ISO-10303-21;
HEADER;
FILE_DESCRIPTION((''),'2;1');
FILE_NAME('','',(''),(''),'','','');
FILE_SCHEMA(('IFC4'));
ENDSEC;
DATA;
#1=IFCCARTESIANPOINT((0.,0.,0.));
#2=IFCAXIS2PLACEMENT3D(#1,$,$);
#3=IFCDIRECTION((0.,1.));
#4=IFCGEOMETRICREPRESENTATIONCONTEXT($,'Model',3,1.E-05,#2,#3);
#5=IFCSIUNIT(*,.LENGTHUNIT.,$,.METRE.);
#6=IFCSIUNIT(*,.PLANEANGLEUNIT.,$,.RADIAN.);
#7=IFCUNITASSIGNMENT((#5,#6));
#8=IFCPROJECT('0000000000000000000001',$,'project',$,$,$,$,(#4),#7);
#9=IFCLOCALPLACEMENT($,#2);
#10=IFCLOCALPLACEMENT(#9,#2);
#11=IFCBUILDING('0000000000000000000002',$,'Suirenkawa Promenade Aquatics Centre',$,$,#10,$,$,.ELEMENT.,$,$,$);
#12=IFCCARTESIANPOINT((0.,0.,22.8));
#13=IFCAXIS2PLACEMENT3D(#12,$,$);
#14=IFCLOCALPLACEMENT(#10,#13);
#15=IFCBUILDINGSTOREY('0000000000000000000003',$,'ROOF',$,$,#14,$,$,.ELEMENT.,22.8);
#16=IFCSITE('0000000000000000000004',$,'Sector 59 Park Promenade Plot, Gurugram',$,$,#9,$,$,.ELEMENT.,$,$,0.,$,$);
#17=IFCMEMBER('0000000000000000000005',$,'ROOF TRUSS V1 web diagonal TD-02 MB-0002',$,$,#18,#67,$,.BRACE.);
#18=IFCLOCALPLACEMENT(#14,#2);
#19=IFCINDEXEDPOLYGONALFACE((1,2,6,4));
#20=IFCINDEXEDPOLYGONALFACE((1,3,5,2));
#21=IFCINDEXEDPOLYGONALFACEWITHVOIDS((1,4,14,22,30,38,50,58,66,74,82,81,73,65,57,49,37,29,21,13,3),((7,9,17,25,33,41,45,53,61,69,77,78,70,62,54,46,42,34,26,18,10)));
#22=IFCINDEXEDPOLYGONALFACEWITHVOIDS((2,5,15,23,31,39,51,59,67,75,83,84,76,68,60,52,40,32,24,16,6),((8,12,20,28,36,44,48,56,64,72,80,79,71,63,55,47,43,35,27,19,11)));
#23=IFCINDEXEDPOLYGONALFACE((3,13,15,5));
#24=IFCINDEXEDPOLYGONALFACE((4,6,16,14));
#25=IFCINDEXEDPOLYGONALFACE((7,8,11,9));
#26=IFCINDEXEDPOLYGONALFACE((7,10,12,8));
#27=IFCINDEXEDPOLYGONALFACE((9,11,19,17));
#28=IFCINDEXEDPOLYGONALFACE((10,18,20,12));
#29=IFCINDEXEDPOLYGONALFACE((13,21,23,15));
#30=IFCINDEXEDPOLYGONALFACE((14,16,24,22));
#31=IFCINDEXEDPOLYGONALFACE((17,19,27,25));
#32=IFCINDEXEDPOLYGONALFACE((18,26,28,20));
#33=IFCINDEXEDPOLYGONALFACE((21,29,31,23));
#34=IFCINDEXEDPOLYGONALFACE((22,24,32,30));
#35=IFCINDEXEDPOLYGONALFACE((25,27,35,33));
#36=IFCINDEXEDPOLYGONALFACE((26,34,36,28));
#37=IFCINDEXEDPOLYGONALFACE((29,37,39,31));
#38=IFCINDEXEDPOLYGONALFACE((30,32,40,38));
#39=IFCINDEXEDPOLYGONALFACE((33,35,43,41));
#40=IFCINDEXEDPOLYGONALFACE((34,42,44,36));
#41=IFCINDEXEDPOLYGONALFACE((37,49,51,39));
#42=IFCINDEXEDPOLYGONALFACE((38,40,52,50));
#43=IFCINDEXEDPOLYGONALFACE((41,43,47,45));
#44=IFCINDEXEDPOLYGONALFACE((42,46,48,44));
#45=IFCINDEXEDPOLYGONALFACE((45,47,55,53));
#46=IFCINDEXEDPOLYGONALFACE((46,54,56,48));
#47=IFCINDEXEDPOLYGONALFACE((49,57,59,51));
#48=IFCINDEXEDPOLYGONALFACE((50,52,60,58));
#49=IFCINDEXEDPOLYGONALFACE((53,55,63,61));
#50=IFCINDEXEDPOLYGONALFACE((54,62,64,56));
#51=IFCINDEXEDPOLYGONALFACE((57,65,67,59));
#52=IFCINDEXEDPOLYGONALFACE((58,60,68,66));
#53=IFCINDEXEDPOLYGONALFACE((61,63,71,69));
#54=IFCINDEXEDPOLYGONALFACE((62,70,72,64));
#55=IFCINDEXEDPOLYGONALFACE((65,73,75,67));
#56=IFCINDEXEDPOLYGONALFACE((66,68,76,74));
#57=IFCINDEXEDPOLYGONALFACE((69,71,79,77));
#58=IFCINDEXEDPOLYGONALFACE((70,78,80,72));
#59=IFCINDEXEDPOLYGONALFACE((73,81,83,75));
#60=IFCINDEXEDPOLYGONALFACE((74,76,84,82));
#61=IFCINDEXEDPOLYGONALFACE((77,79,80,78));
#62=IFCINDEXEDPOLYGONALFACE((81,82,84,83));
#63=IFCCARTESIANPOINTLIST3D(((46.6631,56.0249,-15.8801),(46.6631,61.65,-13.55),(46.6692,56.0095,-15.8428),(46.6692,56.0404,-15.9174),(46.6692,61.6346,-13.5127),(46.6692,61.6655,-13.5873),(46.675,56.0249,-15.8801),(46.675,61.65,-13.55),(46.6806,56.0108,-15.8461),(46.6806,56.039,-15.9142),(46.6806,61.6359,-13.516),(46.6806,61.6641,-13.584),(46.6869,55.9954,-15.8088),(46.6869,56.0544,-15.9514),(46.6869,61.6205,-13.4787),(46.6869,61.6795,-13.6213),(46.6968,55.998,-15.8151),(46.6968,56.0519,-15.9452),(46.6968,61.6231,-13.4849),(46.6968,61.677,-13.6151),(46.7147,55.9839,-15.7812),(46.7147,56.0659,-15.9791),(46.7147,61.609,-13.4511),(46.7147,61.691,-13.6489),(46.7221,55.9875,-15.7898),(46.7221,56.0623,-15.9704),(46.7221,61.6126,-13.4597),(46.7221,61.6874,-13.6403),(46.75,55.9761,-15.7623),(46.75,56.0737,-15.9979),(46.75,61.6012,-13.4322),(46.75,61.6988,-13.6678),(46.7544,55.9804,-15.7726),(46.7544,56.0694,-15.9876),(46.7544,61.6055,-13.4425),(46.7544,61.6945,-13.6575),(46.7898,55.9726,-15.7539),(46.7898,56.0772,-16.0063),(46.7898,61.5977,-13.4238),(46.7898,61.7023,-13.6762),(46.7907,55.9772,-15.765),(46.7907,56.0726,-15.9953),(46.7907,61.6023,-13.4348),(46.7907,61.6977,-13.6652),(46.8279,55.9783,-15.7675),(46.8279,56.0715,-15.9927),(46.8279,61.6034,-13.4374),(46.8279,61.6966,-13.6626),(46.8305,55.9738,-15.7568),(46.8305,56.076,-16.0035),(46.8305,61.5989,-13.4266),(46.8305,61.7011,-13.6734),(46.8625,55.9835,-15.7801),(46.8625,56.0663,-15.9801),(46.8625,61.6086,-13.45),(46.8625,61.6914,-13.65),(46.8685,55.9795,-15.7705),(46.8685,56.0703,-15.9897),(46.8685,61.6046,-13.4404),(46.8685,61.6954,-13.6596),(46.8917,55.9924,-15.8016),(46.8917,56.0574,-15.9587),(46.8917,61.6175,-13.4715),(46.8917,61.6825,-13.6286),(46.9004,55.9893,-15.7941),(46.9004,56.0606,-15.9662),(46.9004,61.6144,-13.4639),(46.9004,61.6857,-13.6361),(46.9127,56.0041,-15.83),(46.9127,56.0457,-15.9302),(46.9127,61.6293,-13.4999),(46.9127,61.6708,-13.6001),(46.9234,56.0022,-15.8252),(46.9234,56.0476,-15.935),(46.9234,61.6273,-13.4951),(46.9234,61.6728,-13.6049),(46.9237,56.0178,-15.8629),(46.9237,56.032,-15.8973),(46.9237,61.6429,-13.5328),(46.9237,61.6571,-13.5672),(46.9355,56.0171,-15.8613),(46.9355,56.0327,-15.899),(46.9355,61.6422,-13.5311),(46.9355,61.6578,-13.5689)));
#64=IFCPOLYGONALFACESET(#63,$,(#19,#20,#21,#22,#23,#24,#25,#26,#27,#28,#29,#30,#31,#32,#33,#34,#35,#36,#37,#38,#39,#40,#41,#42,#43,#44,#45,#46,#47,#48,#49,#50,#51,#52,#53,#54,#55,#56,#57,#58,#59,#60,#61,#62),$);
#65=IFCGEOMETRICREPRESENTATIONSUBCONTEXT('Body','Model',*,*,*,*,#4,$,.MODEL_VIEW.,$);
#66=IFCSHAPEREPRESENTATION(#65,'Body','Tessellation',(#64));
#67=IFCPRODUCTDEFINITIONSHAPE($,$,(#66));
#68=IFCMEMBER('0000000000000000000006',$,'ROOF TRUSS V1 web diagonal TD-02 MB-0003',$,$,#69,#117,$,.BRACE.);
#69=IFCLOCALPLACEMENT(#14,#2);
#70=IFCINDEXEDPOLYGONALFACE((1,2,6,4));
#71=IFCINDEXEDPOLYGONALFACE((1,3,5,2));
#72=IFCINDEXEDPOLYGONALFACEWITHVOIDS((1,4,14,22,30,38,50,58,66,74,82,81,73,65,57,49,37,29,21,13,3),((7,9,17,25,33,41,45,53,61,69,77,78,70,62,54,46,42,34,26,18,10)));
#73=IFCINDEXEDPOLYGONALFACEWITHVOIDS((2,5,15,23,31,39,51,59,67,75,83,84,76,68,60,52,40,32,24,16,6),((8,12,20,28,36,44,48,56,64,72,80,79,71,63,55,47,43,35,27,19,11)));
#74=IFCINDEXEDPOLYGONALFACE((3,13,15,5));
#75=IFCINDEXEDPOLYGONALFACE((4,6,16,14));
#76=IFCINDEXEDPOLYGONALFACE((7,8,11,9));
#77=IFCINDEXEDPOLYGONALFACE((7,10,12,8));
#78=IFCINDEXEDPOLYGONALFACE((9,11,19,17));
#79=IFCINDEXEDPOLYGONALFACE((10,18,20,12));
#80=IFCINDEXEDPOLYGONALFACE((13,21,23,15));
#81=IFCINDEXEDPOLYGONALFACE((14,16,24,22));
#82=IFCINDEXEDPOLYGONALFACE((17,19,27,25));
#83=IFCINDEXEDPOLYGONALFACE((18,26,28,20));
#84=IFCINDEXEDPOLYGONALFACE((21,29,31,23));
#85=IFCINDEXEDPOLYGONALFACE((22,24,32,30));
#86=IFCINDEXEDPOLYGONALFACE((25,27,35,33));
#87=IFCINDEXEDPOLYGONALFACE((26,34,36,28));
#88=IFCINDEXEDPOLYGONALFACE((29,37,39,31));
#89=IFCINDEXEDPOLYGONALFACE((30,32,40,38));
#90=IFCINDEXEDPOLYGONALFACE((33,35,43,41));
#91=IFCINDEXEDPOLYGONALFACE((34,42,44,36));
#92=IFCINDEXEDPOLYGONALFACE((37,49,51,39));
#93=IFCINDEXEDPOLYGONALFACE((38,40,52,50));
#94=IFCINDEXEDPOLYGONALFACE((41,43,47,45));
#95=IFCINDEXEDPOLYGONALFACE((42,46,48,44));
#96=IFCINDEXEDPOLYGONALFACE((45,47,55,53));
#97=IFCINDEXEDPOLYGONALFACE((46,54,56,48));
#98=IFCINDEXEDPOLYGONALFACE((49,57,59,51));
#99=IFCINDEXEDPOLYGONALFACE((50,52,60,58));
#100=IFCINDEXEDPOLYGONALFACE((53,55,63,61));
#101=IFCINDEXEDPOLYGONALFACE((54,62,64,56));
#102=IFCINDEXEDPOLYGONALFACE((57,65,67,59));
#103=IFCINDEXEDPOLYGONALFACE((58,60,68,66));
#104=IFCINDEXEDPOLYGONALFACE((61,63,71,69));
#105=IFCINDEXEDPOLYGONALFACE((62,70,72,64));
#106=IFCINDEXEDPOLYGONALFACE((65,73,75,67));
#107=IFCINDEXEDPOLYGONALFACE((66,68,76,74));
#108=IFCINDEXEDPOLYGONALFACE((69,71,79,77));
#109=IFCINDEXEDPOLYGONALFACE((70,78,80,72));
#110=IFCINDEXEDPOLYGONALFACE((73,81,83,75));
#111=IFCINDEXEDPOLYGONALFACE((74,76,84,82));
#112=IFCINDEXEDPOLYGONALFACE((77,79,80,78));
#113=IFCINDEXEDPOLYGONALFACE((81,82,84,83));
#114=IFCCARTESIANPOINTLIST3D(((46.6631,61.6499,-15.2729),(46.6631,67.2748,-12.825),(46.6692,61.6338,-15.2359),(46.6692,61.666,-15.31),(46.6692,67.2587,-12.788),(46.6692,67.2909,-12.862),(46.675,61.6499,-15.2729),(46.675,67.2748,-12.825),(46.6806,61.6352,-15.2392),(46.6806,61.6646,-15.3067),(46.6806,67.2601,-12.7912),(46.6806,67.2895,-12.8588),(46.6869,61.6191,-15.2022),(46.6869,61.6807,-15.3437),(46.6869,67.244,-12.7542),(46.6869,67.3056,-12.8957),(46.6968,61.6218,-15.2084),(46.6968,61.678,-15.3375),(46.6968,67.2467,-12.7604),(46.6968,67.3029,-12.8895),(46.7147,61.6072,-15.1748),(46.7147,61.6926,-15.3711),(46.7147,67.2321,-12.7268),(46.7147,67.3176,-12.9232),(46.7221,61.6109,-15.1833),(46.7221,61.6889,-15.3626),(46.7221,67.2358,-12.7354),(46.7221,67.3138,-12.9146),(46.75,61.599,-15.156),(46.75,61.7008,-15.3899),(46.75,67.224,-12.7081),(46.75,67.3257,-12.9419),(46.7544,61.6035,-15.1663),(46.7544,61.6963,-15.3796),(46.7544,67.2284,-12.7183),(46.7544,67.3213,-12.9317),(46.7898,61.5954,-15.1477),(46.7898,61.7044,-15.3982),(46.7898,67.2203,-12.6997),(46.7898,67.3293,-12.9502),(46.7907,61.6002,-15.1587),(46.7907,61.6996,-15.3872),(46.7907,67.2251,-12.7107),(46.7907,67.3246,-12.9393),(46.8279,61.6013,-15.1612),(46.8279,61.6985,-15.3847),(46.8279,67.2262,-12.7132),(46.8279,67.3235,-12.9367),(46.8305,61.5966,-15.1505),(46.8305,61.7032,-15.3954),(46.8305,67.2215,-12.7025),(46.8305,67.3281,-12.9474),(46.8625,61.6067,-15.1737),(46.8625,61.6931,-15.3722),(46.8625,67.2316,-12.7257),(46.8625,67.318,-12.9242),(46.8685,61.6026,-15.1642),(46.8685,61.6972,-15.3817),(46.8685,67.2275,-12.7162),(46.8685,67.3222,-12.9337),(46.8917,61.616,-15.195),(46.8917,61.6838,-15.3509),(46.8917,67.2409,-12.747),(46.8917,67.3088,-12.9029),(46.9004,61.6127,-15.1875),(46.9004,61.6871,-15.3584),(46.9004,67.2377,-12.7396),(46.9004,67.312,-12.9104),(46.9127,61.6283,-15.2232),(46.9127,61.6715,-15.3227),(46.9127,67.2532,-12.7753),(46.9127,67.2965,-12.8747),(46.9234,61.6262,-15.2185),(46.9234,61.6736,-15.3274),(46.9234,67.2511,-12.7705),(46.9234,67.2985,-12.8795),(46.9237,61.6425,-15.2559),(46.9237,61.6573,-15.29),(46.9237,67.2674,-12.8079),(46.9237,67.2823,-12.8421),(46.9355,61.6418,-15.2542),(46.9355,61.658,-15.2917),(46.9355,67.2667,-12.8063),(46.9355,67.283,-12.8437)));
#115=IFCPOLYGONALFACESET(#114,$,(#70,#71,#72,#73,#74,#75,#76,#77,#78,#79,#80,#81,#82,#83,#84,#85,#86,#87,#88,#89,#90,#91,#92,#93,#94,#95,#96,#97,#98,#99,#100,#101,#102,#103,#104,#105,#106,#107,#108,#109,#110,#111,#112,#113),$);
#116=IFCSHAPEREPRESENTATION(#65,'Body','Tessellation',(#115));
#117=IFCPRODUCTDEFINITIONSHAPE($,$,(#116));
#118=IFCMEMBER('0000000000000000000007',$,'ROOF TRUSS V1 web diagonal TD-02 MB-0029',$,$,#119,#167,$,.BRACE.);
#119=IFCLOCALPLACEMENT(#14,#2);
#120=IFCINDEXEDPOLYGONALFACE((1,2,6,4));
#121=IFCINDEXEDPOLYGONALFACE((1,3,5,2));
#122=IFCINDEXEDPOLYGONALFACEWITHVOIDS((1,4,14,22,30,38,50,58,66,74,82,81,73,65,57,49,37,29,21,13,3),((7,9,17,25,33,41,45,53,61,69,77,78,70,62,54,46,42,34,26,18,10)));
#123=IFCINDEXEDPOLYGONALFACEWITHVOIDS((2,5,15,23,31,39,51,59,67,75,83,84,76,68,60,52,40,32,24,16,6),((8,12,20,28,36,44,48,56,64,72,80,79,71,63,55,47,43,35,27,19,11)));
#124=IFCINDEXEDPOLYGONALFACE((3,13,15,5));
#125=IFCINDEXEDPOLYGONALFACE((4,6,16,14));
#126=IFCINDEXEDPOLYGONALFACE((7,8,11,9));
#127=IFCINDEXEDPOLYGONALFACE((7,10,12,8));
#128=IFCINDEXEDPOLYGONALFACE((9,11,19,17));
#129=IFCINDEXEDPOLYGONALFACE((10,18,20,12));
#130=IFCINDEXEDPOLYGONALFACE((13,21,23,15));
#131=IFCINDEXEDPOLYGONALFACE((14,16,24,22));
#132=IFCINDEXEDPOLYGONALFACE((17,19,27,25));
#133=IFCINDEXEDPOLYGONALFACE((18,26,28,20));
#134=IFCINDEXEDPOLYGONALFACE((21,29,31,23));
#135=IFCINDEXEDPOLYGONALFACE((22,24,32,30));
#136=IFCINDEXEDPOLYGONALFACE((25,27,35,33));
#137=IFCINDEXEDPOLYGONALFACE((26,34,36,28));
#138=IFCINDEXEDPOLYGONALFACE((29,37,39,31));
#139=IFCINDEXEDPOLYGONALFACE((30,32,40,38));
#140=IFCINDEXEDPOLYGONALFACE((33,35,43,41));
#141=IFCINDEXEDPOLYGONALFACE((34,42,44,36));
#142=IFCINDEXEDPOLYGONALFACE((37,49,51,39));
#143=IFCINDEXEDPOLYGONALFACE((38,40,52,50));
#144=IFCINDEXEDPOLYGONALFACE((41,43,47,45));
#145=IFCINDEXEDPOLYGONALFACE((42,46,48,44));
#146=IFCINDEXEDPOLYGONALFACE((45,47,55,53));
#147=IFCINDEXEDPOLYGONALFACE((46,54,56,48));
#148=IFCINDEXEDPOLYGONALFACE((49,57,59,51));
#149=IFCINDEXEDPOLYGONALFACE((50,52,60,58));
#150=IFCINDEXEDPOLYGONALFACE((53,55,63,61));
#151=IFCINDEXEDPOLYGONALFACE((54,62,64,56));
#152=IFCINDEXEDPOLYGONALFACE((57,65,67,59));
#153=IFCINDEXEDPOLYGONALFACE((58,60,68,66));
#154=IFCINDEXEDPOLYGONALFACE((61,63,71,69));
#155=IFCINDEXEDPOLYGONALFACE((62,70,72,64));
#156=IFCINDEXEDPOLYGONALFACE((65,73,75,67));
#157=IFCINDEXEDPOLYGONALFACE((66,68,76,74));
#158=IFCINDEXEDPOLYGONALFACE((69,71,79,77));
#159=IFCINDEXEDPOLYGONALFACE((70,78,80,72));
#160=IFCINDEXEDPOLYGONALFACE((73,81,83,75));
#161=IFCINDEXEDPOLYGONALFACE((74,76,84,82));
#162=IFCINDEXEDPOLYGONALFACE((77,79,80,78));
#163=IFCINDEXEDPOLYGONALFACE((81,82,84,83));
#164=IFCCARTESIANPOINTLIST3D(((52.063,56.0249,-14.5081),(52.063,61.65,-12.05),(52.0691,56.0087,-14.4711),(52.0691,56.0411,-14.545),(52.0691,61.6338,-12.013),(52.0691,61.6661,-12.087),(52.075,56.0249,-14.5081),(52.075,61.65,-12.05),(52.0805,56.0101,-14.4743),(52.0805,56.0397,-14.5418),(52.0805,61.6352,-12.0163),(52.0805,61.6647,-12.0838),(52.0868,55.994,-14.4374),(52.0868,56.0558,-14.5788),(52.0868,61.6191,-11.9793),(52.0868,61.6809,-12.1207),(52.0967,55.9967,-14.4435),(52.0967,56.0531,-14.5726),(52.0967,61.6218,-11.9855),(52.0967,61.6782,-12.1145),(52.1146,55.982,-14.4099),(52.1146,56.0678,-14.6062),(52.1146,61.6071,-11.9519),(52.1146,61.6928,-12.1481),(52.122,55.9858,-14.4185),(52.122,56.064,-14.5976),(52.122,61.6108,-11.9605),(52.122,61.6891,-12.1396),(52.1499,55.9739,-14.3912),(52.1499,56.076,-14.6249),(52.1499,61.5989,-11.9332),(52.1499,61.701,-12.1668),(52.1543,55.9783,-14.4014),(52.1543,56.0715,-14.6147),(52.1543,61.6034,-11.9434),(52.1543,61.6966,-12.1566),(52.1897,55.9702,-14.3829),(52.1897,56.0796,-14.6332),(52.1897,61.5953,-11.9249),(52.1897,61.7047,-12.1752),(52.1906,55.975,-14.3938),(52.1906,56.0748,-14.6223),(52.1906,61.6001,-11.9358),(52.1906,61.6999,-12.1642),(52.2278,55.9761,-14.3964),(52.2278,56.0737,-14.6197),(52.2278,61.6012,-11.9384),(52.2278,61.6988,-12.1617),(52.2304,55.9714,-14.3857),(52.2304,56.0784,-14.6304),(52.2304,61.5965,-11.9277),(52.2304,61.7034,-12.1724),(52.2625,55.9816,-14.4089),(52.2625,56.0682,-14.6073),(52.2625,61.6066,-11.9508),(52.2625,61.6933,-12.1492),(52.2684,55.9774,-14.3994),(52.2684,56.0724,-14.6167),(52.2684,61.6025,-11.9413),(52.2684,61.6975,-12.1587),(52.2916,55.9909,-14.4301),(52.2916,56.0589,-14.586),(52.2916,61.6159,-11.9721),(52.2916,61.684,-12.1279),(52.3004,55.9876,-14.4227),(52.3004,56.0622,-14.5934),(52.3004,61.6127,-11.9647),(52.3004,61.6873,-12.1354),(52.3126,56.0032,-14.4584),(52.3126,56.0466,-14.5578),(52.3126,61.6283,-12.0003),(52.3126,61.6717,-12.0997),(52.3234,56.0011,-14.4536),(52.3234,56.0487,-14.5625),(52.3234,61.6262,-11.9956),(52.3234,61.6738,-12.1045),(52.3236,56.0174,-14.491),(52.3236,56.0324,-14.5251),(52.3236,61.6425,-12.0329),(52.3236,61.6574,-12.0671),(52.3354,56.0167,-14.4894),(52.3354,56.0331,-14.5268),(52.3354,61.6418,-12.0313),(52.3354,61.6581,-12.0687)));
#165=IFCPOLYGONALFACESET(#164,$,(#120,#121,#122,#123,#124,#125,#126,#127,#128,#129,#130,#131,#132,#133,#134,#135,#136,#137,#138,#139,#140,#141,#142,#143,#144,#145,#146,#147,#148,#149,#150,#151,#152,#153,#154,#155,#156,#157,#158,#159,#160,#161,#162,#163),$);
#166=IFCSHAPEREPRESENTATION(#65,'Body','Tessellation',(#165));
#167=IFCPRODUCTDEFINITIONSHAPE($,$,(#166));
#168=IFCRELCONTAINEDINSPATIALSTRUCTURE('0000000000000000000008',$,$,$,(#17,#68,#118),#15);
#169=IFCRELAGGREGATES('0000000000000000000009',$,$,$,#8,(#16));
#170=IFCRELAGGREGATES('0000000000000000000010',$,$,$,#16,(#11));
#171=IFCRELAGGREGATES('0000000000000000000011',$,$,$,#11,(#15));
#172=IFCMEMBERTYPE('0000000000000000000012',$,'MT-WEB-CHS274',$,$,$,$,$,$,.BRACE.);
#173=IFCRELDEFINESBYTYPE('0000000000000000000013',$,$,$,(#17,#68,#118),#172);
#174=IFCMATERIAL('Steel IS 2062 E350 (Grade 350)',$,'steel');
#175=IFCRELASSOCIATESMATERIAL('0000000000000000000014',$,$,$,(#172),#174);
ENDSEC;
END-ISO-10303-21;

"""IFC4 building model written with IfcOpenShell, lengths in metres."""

from ifc_helpers import new_model, si_unit, direction, frame, origin, origin_2d, place, context, subcontext, project, spatial, hollow_circle, extrude, material, material_profile, profile_set, type_object, element, save


model = new_model("IFC4")

# Units and contexts
model_context = context("Model", 3, precision=1e-05, world=origin(), true_north=direction((0.0, 1.0)))
body_context = subcontext(model_context, "Body", "Model", "MODEL_VIEW")
ifc_project = project(units=[si_unit("LENGTHUNIT", "METRE"), si_unit("PLANEANGLEUNIT", "RADIAN")], contexts=[model_context])

# Site, building, storey
site_placement = place(None, origin())
site = spatial("IfcSite", under=ifc_project, at=site_placement, Name="Sector 59 Park Promenade Plot, Gurugram", CompositionType="ELEMENT", RefElevation=0.0)
building_placement = place(site_placement, origin())
building = spatial("IfcBuilding", under=site, at=building_placement, Name="Suirenkawa Promenade Aquatics Centre", CompositionType="ELEMENT")
storey_placement = place(building_placement, frame((0.0, 0.0, 22.8)))
storey = spatial("IfcBuildingStorey", under=building, at=storey_placement, Name="ROOF", CompositionType="ELEMENT", Elevation=22.8)

# Shared definitions
ifc_material = material(Name="Steel IS 2062 E350 (Grade 350)", Category="steel")

# Members
ifc_material_profile_1 = material_profile(ifc_material, hollow_circle(Radius=0.137, WallThickness=0.012, at=origin_2d()), Name="CHS 274x12", Category="steel")
ifc_profile_set_1 = profile_set([ifc_material_profile_1], Name="Steel IS 2062 E350 (Grade 350)")
member_type_1 = type_object("IfcMemberType", Name="MT-WEB-CHS274", PredefinedType="BRACE", material=ifc_profile_set_1)
member_1_placement = place(storey_placement, frame((46.8, 56.0249, -15.8801), z_axis=(0.0, 0.923872, 0.382701), x_axis=(-1.0, 0.0, 0.0)))
element("IfcMember", 1, at=member_1_placement, inside=storey, type_object=member_type_1, Name="ROOF TRUSS V1 web diagonal TD-02 MB-0002", PredefinedType="BRACE", context=body_context, shape_type="SweptSolid", body=[
    extrude(hollow_circle(Radius=0.137, WallThickness=0.012, at=origin_2d()), origin(), (0.0, 0.0, 1.0), 6.0886),
])
member_2_placement = place(storey_placement, frame((46.8, 61.6499, -15.2729), z_axis=(0.0, 0.91693, 0.399048), x_axis=(-1.0, 0.0, 0.0)))
element("IfcMember", 2, at=member_2_placement, inside=storey, type_object=member_type_1, Name="ROOF TRUSS V1 web diagonal TD-02 MB-0003", PredefinedType="BRACE", context=body_context, shape_type="SweptSolid", body=[
    extrude(hollow_circle(Radius=0.137, WallThickness=0.012, at=origin_2d()), origin(), (0.0, 0.0, 1.0), 6.1345),
])
member_3_placement = place(storey_placement, frame((52.2, 56.0249, -14.5081), z_axis=(0.0, 0.916333, 0.400418), x_axis=(-1.0, 0.0, 0.0)))
element("IfcMember", 3, at=member_3_placement, inside=storey, type_object=member_type_1, Name="ROOF TRUSS V1 web diagonal TD-02 MB-0029", PredefinedType="BRACE", context=body_context, shape_type="SweptSolid", body=[
    extrude(hollow_circle(Radius=0.137, WallThickness=0.012, at=origin_2d()), origin(), (0.0, 0.0, 1.0), 6.1387),
])

save(model, "model.ifc")
